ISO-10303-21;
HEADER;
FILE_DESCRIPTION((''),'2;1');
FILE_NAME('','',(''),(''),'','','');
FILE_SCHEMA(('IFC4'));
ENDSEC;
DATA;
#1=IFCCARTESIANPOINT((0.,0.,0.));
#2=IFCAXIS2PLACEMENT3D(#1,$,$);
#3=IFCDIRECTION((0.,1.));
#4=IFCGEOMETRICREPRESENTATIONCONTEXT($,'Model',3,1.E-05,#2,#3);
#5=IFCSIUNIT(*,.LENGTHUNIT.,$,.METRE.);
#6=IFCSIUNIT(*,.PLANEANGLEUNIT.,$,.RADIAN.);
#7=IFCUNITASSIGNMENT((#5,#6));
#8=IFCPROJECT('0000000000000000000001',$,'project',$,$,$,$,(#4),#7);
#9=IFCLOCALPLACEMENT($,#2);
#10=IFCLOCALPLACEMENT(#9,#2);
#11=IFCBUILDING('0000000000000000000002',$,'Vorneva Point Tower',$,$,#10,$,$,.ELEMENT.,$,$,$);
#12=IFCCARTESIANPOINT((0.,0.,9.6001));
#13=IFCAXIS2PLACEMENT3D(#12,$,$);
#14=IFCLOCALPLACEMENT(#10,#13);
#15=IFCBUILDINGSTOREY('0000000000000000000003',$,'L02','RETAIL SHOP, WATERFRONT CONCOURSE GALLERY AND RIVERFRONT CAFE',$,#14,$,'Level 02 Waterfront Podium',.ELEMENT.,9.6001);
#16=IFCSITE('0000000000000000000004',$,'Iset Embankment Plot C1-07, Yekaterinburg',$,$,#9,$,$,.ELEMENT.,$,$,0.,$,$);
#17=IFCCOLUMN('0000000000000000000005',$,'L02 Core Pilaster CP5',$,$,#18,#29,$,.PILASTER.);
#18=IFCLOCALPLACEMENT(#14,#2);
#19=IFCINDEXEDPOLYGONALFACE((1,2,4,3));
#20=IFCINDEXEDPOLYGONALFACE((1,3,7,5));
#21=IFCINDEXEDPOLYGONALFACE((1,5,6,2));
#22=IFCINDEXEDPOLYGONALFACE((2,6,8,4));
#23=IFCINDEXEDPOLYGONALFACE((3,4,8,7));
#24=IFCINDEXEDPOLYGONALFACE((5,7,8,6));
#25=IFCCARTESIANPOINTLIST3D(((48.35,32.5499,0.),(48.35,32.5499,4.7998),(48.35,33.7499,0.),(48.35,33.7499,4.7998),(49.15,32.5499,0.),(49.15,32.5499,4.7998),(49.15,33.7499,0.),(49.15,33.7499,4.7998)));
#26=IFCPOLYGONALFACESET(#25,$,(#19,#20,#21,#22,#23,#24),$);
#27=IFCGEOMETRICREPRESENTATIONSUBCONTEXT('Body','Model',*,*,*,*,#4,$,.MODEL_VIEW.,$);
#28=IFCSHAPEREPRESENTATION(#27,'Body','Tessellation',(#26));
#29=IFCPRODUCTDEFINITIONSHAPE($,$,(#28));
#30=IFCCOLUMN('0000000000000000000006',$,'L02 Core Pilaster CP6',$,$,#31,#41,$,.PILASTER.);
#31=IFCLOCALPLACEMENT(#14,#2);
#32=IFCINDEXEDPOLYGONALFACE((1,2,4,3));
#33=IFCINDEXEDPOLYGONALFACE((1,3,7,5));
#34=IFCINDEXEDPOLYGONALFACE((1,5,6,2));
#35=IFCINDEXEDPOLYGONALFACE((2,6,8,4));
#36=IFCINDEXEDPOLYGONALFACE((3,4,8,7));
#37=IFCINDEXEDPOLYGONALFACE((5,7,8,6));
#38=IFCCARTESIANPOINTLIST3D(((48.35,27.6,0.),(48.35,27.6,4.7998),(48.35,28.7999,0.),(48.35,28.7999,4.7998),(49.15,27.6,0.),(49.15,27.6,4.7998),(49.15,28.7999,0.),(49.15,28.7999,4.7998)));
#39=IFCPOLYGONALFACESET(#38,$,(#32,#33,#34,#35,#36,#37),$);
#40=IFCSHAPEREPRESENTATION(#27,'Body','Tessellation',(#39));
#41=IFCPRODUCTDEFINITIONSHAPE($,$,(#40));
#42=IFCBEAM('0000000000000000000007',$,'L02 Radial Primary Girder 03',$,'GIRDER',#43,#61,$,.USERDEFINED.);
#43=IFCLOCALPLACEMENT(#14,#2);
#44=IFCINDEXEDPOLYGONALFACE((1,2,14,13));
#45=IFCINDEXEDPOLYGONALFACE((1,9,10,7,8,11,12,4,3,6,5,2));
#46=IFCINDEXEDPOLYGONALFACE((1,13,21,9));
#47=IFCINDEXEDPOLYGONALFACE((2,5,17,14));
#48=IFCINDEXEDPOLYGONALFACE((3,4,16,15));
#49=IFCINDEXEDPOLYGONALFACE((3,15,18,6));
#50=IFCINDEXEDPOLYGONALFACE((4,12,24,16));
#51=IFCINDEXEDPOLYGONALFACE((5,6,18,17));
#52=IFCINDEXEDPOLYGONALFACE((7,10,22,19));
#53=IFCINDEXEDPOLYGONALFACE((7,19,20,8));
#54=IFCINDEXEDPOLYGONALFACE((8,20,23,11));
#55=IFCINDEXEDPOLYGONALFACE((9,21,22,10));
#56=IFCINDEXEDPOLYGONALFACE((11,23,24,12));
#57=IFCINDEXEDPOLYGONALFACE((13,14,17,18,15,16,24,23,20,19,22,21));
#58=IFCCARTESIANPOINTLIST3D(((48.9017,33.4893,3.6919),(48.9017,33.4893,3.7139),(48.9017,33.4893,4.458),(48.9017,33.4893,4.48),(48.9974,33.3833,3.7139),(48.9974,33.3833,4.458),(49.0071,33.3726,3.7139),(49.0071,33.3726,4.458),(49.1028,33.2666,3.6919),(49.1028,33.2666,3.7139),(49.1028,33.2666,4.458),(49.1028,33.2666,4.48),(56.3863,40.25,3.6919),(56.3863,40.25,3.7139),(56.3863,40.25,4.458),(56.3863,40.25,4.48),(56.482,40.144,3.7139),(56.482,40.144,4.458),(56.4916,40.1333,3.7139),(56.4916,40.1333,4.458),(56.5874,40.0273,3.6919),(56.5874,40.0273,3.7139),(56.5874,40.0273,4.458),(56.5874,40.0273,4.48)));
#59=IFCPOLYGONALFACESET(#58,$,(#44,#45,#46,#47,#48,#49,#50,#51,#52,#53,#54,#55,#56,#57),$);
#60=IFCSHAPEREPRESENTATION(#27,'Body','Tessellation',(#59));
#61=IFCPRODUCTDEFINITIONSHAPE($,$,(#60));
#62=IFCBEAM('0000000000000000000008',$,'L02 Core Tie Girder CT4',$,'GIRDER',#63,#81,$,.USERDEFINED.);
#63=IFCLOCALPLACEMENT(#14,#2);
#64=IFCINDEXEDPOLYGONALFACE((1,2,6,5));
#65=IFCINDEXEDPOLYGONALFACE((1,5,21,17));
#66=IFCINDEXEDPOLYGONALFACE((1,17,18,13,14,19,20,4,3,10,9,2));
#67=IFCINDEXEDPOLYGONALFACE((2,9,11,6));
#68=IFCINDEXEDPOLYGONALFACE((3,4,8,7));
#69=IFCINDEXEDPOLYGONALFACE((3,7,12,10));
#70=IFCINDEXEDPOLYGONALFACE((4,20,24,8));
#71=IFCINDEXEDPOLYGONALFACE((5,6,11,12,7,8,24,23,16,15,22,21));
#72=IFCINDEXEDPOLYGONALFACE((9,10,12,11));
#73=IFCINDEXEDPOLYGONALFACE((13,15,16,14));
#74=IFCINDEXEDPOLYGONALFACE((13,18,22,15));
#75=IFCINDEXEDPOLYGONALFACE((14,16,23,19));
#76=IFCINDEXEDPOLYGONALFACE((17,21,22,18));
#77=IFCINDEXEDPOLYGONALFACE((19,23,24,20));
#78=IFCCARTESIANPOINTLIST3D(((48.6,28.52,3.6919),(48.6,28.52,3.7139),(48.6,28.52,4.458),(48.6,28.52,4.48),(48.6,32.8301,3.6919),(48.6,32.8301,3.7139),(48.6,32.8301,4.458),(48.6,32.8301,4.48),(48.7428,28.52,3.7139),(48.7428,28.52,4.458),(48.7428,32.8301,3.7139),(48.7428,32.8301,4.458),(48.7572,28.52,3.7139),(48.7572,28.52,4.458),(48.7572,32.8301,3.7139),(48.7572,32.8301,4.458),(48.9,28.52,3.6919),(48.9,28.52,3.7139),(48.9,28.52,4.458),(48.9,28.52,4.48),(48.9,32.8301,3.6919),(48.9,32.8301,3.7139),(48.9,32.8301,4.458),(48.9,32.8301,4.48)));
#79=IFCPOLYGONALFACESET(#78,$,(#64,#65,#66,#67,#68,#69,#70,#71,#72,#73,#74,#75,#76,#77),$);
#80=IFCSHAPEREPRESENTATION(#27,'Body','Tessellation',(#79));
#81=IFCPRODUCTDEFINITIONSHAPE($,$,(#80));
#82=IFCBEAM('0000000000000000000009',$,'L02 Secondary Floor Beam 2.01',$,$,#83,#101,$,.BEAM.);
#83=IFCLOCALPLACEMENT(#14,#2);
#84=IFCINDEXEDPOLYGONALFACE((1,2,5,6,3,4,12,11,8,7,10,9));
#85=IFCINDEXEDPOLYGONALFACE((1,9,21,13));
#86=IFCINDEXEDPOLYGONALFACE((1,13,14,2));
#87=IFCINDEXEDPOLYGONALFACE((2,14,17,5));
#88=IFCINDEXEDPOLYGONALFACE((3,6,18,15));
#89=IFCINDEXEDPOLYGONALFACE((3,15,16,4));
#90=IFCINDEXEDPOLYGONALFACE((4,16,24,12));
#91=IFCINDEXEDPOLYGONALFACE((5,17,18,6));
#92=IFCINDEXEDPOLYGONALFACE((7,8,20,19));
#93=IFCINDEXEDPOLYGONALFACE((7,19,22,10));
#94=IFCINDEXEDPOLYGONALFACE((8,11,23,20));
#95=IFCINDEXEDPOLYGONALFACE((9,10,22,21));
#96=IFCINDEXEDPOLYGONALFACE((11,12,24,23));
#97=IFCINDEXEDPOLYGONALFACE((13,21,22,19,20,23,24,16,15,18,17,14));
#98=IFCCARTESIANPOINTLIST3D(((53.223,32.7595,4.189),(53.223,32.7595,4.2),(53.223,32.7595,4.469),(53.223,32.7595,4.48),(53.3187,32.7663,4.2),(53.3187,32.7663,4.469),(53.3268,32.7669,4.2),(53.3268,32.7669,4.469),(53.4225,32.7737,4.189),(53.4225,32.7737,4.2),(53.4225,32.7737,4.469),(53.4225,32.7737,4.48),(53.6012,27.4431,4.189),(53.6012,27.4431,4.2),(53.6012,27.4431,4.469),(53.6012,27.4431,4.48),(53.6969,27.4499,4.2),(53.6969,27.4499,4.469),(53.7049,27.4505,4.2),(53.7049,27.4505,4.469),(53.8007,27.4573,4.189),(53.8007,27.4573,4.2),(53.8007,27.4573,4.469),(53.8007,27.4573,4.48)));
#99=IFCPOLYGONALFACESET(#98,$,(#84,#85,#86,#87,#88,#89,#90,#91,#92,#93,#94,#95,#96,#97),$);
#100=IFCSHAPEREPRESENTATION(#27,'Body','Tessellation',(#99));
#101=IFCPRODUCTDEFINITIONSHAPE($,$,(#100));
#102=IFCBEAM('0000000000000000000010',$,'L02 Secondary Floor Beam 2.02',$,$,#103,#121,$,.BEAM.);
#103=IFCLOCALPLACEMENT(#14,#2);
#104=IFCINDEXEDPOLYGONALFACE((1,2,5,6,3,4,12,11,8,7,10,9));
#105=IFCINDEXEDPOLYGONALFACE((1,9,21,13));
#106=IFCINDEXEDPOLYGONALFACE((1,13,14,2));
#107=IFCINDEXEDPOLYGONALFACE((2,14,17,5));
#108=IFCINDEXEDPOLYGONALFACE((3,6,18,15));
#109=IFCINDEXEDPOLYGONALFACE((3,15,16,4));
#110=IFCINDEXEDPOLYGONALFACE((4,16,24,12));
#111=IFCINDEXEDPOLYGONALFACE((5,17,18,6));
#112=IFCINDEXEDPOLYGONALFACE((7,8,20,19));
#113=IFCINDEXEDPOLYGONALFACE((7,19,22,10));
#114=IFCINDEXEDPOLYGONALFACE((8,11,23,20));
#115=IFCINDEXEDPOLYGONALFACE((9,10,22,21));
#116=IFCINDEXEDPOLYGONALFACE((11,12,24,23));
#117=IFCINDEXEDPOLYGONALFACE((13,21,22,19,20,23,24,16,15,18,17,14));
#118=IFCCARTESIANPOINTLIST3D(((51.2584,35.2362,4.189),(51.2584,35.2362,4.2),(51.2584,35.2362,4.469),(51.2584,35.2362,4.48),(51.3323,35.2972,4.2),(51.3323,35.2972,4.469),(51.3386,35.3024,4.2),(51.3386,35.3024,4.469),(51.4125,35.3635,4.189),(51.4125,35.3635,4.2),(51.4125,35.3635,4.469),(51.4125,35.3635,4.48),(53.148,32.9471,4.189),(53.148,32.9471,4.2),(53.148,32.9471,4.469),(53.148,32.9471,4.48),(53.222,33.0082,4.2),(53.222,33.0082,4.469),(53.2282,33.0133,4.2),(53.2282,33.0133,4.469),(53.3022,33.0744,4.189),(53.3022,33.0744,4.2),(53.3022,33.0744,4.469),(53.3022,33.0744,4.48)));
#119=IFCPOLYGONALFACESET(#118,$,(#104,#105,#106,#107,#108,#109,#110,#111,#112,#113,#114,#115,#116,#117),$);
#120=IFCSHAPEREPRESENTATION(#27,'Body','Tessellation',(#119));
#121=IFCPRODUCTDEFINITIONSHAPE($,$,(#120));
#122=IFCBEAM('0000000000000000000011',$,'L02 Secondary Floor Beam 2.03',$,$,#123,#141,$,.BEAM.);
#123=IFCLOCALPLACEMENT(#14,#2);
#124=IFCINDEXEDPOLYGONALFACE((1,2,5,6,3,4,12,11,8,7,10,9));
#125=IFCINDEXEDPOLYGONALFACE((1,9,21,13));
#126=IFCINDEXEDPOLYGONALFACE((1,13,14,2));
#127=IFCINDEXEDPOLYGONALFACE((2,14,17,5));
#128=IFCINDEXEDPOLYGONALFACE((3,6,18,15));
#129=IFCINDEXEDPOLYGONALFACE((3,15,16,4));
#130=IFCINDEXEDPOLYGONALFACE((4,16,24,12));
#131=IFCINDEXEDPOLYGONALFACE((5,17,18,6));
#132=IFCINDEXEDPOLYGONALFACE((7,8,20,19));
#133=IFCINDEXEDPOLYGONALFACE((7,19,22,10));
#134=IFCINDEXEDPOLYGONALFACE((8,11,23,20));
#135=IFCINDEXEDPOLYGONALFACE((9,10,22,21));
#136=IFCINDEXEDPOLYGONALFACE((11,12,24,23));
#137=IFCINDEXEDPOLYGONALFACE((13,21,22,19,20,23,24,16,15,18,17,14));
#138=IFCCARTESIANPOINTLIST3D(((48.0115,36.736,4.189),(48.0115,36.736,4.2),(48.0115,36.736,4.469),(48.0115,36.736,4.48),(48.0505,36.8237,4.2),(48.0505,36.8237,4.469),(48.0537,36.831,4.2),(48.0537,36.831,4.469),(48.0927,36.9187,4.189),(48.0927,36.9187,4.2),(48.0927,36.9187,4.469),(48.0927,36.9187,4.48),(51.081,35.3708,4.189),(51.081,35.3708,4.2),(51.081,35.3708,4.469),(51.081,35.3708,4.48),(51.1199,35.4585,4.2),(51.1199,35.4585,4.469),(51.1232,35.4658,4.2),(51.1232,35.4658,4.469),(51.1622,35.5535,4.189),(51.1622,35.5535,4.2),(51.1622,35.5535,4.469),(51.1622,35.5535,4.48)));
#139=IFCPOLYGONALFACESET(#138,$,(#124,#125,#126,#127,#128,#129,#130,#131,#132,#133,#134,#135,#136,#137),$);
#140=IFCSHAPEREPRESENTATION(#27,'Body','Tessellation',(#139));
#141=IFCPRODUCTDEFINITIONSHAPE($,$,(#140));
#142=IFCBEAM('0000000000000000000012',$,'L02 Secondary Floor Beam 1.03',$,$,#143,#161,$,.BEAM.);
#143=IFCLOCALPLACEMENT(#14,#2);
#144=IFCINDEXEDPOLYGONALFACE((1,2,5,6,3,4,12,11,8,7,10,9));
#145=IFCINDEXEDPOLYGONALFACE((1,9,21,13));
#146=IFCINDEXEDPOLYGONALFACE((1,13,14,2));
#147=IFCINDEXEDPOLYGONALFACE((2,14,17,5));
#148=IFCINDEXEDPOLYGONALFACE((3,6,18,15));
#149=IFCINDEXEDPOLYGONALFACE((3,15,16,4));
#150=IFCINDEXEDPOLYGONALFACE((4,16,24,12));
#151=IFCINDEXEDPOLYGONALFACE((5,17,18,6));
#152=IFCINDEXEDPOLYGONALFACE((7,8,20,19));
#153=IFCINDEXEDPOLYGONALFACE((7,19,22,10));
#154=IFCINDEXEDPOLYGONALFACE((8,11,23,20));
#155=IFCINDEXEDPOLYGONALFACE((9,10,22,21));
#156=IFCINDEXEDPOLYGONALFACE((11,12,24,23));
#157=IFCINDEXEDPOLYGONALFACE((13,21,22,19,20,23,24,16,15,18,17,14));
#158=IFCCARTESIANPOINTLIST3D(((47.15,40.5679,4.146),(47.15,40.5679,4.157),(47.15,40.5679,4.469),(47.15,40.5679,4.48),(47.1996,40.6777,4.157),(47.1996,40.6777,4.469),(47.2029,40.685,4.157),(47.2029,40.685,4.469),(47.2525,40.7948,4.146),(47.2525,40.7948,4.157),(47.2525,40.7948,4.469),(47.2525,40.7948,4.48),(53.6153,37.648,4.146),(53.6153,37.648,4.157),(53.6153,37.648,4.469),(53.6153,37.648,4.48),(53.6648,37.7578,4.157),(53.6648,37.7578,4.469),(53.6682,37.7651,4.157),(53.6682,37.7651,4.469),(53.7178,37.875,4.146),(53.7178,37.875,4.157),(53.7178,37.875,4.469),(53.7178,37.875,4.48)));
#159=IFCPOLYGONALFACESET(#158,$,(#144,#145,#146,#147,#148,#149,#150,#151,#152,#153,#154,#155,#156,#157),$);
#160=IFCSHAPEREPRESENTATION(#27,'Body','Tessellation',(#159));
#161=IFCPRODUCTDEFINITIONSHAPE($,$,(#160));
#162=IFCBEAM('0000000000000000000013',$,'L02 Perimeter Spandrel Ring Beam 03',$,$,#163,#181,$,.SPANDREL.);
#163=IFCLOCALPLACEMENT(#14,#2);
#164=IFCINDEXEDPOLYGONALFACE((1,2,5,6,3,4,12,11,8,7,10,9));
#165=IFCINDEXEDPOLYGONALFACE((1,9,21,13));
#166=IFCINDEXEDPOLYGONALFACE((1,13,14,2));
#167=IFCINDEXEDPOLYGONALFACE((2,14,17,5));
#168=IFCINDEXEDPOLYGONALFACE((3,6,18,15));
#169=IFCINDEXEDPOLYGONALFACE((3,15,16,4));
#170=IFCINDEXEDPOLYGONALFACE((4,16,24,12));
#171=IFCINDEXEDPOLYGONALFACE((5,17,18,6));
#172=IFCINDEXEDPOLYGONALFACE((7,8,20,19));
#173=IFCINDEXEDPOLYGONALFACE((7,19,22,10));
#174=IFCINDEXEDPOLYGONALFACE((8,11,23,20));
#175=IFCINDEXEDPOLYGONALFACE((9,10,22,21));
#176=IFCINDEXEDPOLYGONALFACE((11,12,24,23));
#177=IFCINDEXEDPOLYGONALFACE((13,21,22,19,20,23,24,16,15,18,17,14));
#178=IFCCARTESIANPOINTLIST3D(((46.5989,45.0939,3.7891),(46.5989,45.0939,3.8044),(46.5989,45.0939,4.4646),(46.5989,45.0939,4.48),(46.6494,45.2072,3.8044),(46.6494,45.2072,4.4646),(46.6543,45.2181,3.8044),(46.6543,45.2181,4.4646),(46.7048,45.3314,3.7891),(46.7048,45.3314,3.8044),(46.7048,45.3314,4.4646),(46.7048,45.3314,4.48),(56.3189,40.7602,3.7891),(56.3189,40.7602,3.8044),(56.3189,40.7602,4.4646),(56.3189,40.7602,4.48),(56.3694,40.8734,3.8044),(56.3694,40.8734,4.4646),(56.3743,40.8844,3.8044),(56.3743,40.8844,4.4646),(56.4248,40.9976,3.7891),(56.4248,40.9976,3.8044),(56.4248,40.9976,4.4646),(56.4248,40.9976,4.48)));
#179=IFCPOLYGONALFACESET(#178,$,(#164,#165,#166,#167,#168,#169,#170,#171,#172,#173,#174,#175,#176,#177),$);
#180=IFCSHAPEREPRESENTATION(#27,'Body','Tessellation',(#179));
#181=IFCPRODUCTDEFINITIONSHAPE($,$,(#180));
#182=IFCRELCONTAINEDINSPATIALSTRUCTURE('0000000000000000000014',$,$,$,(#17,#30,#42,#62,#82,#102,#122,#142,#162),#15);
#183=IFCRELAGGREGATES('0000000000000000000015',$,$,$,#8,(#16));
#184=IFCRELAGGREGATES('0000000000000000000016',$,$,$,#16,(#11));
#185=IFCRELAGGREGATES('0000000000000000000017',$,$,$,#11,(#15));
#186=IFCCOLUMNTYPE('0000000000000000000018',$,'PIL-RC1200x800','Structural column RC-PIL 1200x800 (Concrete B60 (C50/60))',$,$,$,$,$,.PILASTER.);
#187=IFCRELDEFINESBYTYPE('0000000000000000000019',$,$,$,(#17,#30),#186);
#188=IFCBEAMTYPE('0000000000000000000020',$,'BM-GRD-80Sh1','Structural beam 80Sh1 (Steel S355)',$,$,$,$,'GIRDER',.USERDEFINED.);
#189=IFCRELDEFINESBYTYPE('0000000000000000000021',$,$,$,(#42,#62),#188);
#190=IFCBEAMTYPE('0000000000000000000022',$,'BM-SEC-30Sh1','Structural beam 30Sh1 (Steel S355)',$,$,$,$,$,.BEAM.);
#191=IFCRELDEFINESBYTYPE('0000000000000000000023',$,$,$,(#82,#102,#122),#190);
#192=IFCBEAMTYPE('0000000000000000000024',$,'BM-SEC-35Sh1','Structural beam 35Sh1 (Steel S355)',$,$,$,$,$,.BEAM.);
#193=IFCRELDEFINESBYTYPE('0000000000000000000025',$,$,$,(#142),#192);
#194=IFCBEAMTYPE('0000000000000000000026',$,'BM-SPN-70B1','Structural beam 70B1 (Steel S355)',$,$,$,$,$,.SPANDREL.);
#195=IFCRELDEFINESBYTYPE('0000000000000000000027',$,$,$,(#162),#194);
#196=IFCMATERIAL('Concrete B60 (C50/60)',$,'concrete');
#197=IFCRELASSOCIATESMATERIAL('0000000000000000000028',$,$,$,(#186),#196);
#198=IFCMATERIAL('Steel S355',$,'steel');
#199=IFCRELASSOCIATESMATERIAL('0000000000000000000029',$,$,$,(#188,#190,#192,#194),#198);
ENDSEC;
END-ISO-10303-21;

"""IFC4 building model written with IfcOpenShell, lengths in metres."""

from ifc_helpers import new_model, si_unit, direction, frame, origin, origin_2d, place, context, subcontext, project, spatial, rectangle, i_section, extrude, material, material_profile, profile_set, type_object, element, save


model = new_model("IFC4")

# Units and contexts
model_context = context("Model", 3, precision=1e-05, world=origin(), true_north=direction((0.0, 1.0)))
body_context = subcontext(model_context, "Body", "Model", "MODEL_VIEW")
ifc_project = project(units=[si_unit("LENGTHUNIT", "METRE"), si_unit("PLANEANGLEUNIT", "RADIAN")], contexts=[model_context])

# Site, building, storey
site_placement = place(None, origin())
site = spatial("IfcSite", under=ifc_project, at=site_placement, Name="Iset Embankment Plot C1-07, Yekaterinburg", CompositionType="ELEMENT", RefElevation=0.0)
building_placement = place(site_placement, origin())
building = spatial("IfcBuilding", under=site, at=building_placement, Name="Vorneva Point Tower", CompositionType="ELEMENT")
storey_placement = place(building_placement, frame((0.0, 0.0, 9.6001)))
storey = spatial("IfcBuildingStorey", under=building, at=storey_placement, Name="L02", Description="RETAIL SHOP, WATERFRONT CONCOURSE GALLERY AND RIVERFRONT CAFE", LongName="Level 02 Waterfront Podium", CompositionType="ELEMENT", Elevation=9.6001)

# Columns
ifc_material_1 = material(Name="Concrete B60 (C50/60)", Category="concrete")
ifc_material_profile_1 = material_profile(ifc_material_1, rectangle(XDim=0.8, YDim=1.2, at=origin_2d()), Name="RC-PIL 1200x800")
ifc_profile_set_1 = profile_set([ifc_material_profile_1], Name="Concrete B60 (C50/60)")
column_type_1 = type_object("IfcColumnType", Name="PIL-RC1200x800", Description="Structural column RC-PIL 1200x800 (Concrete B60 (C50/60))", PredefinedType="PILASTER", material=ifc_profile_set_1)
for number, where, z_axis, x_axis, name in (
    (1, (48.75, 33.1499, 0.0), (0.0, 0.0, 1.0), (1.0, 0.0, 0.0), "L02 Core Pilaster CP5"),
    (2, (48.75, 28.2, 0.0), (0.0, 0.0, 1.0), (1.0, 0.0, 0.0), "L02 Core Pilaster CP6"),
):
    element("IfcColumn", number, at=place(storey_placement, frame(where, z_axis=z_axis, x_axis=x_axis)), inside=storey, type_object=column_type_1, Name=name, PredefinedType="PILASTER", context=body_context, shape_type="SweptSolid", body=[
        extrude(rectangle(XDim=0.8, YDim=1.2, at=origin_2d()), origin(), (0.0, 0.0, 1.0), 4.7998),
    ])

# Beams
ifc_material_2 = material(Name="Steel S355", Category="steel")
ifc_material_profile_2 = material_profile(ifc_material_2, i_section(OverallWidth=0.3, OverallDepth=0.7881, WebThickness=0.0144, FlangeThickness=0.022, at=origin_2d()), Name="80Sh1")
ifc_profile_set_2 = profile_set([ifc_material_profile_2], Name="Steel S355")
beam_type_1 = type_object("IfcBeamType", Name="BM-GRD-80Sh1", Description="Structural beam 80Sh1 (Steel S355)", ElementType="GIRDER", PredefinedType="USERDEFINED", material=ifc_profile_set_2)
beam_1_placement = place(storey_placement, frame((56.4868, 40.1387, 4.0859), z_axis=(-0.742081, -0.67031, 0.0), x_axis=(0.67031, -0.742081, 0.0)))
element("IfcBeam", 3, at=beam_1_placement, inside=storey, type_object=beam_type_1, Name="L02 Radial Primary Girder 03", ObjectType="GIRDER", PredefinedType="USERDEFINED", context=body_context, shape_type="SweptSolid", body=[
    extrude(i_section(OverallWidth=0.3, OverallDepth=0.7881, WebThickness=0.0144, FlangeThickness=0.022, at=origin_2d()), origin(), (0.0, 0.0, 1.0), 10.0859),
])
beam_2_placement = place(storey_placement, frame((48.75, 28.52, 4.0859), z_axis=(0.0, 1.0, 0.0), x_axis=(-1.0, 0.0, 0.0)))
element("IfcBeam", 4, at=beam_2_placement, inside=storey, type_object=beam_type_1, Name="L02 Core Tie Girder CT4", ObjectType="GIRDER", PredefinedType="USERDEFINED", context=body_context, shape_type="SweptSolid", body=[
    extrude(i_section(OverallWidth=0.3, OverallDepth=0.7881, WebThickness=0.0144, FlangeThickness=0.022, at=origin_2d()), origin(), (0.0, 0.0, 1.0), 4.3101),
])
ifc_material_profile_3 = material_profile(ifc_material_2, i_section(OverallWidth=0.2, OverallDepth=0.291, WebThickness=0.0081, FlangeThickness=0.011, at=origin_2d()), Name="30Sh1")
ifc_profile_set_3 = profile_set([ifc_material_profile_3], Name="Steel S355")
beam_type_2 = type_object("IfcBeamType", Name="BM-SEC-30Sh1", Description="Structural beam 30Sh1 (Steel S355)", PredefinedType="BEAM", material=ifc_profile_set_3)
beam_3_placement = place(storey_placement, frame((53.7009, 27.4502, 4.3345), z_axis=(-0.070954, 0.99748, 0.0), x_axis=(-0.99748, -0.070954, 0.0)))
element("IfcBeam", 5, at=beam_3_placement, inside=storey, type_object=beam_type_2, Name="L02 Secondary Floor Beam 2.01", PredefinedType="BEAM", context=body_context, shape_type="SweptSolid", body=[
    extrude(i_section(OverallWidth=0.2, OverallDepth=0.291, WebThickness=0.0081, FlangeThickness=0.011, at=origin_2d()), origin(), (0.0, 0.0, 1.0), 5.3298),
])
beam_4_placement = place(storey_placement, frame((53.2251, 33.0107, 4.3345), z_axis=(-0.636618, 0.771179, 0.0), x_axis=(-0.771179, -0.636618, 0.0)))
element("IfcBeam", 6, at=beam_4_placement, inside=storey, type_object=beam_type_2, Name="L02 Secondary Floor Beam 2.02", PredefinedType="BEAM", context=body_context, shape_type="SweptSolid", body=[
    extrude(i_section(OverallWidth=0.2, OverallDepth=0.291, WebThickness=0.0081, FlangeThickness=0.011, at=origin_2d()), origin(), (0.0, 0.0, 1.0), 2.9683),
])
beam_5_placement = place(storey_placement, frame((51.1216, 35.4622, 4.3345), z_axis=(-0.913704, 0.406381, 0.0), x_axis=(-0.406381, -0.913704, 0.0)))
element("IfcBeam", 7, at=beam_5_placement, inside=storey, type_object=beam_type_2, Name="L02 Secondary Floor Beam 2.03", PredefinedType="BEAM", context=body_context, shape_type="SweptSolid", body=[
    extrude(i_section(OverallWidth=0.2, OverallDepth=0.291, WebThickness=0.0081, FlangeThickness=0.011, at=origin_2d()), origin(), (0.0, 0.0, 1.0), 3.3594),
])
ifc_material_profile_4 = material_profile(ifc_material_2, i_section(OverallWidth=0.249, OverallDepth=0.334, WebThickness=0.0081, FlangeThickness=0.011, at=origin_2d()), Name="35Sh1")
ifc_profile_set_4 = profile_set([ifc_material_profile_4], Name="Steel S355")
beam_type_3 = type_object("IfcBeamType", Name="BM-SEC-35Sh1", Description="Structural beam 35Sh1 (Steel S355)", PredefinedType="BEAM", material=ifc_profile_set_4)
beam_6_placement = place(storey_placement, frame((53.6665, 37.7615, 4.313), z_axis=(-0.911366, 0.411598, 0.0), x_axis=(-0.411598, -0.911366, 0.0)))
element("IfcBeam", 8, at=beam_6_placement, inside=storey, type_object=beam_type_3, Name="L02 Secondary Floor Beam 1.03", PredefinedType="BEAM", context=body_context, shape_type="SweptSolid", body=[
    extrude(i_section(OverallWidth=0.249, OverallDepth=0.334, WebThickness=0.0081, FlangeThickness=0.011, at=origin_2d()), origin(), (0.0, 0.0, 1.0), 7.094),
])
ifc_material_profile_5 = material_profile(ifc_material_2, i_section(OverallWidth=0.26, OverallDepth=0.6909, WebThickness=0.012, FlangeThickness=0.0154, at=origin_2d()), Name="70B1")
ifc_profile_set_5 = profile_set([ifc_material_profile_5], Name="Steel S355")
beam_type_4 = type_object("IfcBeamType", Name="BM-SPN-70B1", Description="Structural beam 70B1 (Steel S355)", PredefinedType="SPANDREL", material=ifc_profile_set_5)
beam_7_placement = place(storey_placement, frame((56.3718, 40.8789, 4.1345), z_axis=(-0.913331, 0.407217, 0.0), x_axis=(-0.407217, -0.913331, 0.0)))
element("IfcBeam", 9, at=beam_7_placement, inside=storey, type_object=beam_type_4, Name="L02 Perimeter Spandrel Ring Beam 03", PredefinedType="SPANDREL", context=body_context, shape_type="SweptSolid", body=[
    extrude(i_section(OverallWidth=0.26, OverallDepth=0.6909, WebThickness=0.012, FlangeThickness=0.0154, at=origin_2d()), origin(), (0.0, 0.0, 1.0), 10.6423),
])

save(model, "model.ifc")
